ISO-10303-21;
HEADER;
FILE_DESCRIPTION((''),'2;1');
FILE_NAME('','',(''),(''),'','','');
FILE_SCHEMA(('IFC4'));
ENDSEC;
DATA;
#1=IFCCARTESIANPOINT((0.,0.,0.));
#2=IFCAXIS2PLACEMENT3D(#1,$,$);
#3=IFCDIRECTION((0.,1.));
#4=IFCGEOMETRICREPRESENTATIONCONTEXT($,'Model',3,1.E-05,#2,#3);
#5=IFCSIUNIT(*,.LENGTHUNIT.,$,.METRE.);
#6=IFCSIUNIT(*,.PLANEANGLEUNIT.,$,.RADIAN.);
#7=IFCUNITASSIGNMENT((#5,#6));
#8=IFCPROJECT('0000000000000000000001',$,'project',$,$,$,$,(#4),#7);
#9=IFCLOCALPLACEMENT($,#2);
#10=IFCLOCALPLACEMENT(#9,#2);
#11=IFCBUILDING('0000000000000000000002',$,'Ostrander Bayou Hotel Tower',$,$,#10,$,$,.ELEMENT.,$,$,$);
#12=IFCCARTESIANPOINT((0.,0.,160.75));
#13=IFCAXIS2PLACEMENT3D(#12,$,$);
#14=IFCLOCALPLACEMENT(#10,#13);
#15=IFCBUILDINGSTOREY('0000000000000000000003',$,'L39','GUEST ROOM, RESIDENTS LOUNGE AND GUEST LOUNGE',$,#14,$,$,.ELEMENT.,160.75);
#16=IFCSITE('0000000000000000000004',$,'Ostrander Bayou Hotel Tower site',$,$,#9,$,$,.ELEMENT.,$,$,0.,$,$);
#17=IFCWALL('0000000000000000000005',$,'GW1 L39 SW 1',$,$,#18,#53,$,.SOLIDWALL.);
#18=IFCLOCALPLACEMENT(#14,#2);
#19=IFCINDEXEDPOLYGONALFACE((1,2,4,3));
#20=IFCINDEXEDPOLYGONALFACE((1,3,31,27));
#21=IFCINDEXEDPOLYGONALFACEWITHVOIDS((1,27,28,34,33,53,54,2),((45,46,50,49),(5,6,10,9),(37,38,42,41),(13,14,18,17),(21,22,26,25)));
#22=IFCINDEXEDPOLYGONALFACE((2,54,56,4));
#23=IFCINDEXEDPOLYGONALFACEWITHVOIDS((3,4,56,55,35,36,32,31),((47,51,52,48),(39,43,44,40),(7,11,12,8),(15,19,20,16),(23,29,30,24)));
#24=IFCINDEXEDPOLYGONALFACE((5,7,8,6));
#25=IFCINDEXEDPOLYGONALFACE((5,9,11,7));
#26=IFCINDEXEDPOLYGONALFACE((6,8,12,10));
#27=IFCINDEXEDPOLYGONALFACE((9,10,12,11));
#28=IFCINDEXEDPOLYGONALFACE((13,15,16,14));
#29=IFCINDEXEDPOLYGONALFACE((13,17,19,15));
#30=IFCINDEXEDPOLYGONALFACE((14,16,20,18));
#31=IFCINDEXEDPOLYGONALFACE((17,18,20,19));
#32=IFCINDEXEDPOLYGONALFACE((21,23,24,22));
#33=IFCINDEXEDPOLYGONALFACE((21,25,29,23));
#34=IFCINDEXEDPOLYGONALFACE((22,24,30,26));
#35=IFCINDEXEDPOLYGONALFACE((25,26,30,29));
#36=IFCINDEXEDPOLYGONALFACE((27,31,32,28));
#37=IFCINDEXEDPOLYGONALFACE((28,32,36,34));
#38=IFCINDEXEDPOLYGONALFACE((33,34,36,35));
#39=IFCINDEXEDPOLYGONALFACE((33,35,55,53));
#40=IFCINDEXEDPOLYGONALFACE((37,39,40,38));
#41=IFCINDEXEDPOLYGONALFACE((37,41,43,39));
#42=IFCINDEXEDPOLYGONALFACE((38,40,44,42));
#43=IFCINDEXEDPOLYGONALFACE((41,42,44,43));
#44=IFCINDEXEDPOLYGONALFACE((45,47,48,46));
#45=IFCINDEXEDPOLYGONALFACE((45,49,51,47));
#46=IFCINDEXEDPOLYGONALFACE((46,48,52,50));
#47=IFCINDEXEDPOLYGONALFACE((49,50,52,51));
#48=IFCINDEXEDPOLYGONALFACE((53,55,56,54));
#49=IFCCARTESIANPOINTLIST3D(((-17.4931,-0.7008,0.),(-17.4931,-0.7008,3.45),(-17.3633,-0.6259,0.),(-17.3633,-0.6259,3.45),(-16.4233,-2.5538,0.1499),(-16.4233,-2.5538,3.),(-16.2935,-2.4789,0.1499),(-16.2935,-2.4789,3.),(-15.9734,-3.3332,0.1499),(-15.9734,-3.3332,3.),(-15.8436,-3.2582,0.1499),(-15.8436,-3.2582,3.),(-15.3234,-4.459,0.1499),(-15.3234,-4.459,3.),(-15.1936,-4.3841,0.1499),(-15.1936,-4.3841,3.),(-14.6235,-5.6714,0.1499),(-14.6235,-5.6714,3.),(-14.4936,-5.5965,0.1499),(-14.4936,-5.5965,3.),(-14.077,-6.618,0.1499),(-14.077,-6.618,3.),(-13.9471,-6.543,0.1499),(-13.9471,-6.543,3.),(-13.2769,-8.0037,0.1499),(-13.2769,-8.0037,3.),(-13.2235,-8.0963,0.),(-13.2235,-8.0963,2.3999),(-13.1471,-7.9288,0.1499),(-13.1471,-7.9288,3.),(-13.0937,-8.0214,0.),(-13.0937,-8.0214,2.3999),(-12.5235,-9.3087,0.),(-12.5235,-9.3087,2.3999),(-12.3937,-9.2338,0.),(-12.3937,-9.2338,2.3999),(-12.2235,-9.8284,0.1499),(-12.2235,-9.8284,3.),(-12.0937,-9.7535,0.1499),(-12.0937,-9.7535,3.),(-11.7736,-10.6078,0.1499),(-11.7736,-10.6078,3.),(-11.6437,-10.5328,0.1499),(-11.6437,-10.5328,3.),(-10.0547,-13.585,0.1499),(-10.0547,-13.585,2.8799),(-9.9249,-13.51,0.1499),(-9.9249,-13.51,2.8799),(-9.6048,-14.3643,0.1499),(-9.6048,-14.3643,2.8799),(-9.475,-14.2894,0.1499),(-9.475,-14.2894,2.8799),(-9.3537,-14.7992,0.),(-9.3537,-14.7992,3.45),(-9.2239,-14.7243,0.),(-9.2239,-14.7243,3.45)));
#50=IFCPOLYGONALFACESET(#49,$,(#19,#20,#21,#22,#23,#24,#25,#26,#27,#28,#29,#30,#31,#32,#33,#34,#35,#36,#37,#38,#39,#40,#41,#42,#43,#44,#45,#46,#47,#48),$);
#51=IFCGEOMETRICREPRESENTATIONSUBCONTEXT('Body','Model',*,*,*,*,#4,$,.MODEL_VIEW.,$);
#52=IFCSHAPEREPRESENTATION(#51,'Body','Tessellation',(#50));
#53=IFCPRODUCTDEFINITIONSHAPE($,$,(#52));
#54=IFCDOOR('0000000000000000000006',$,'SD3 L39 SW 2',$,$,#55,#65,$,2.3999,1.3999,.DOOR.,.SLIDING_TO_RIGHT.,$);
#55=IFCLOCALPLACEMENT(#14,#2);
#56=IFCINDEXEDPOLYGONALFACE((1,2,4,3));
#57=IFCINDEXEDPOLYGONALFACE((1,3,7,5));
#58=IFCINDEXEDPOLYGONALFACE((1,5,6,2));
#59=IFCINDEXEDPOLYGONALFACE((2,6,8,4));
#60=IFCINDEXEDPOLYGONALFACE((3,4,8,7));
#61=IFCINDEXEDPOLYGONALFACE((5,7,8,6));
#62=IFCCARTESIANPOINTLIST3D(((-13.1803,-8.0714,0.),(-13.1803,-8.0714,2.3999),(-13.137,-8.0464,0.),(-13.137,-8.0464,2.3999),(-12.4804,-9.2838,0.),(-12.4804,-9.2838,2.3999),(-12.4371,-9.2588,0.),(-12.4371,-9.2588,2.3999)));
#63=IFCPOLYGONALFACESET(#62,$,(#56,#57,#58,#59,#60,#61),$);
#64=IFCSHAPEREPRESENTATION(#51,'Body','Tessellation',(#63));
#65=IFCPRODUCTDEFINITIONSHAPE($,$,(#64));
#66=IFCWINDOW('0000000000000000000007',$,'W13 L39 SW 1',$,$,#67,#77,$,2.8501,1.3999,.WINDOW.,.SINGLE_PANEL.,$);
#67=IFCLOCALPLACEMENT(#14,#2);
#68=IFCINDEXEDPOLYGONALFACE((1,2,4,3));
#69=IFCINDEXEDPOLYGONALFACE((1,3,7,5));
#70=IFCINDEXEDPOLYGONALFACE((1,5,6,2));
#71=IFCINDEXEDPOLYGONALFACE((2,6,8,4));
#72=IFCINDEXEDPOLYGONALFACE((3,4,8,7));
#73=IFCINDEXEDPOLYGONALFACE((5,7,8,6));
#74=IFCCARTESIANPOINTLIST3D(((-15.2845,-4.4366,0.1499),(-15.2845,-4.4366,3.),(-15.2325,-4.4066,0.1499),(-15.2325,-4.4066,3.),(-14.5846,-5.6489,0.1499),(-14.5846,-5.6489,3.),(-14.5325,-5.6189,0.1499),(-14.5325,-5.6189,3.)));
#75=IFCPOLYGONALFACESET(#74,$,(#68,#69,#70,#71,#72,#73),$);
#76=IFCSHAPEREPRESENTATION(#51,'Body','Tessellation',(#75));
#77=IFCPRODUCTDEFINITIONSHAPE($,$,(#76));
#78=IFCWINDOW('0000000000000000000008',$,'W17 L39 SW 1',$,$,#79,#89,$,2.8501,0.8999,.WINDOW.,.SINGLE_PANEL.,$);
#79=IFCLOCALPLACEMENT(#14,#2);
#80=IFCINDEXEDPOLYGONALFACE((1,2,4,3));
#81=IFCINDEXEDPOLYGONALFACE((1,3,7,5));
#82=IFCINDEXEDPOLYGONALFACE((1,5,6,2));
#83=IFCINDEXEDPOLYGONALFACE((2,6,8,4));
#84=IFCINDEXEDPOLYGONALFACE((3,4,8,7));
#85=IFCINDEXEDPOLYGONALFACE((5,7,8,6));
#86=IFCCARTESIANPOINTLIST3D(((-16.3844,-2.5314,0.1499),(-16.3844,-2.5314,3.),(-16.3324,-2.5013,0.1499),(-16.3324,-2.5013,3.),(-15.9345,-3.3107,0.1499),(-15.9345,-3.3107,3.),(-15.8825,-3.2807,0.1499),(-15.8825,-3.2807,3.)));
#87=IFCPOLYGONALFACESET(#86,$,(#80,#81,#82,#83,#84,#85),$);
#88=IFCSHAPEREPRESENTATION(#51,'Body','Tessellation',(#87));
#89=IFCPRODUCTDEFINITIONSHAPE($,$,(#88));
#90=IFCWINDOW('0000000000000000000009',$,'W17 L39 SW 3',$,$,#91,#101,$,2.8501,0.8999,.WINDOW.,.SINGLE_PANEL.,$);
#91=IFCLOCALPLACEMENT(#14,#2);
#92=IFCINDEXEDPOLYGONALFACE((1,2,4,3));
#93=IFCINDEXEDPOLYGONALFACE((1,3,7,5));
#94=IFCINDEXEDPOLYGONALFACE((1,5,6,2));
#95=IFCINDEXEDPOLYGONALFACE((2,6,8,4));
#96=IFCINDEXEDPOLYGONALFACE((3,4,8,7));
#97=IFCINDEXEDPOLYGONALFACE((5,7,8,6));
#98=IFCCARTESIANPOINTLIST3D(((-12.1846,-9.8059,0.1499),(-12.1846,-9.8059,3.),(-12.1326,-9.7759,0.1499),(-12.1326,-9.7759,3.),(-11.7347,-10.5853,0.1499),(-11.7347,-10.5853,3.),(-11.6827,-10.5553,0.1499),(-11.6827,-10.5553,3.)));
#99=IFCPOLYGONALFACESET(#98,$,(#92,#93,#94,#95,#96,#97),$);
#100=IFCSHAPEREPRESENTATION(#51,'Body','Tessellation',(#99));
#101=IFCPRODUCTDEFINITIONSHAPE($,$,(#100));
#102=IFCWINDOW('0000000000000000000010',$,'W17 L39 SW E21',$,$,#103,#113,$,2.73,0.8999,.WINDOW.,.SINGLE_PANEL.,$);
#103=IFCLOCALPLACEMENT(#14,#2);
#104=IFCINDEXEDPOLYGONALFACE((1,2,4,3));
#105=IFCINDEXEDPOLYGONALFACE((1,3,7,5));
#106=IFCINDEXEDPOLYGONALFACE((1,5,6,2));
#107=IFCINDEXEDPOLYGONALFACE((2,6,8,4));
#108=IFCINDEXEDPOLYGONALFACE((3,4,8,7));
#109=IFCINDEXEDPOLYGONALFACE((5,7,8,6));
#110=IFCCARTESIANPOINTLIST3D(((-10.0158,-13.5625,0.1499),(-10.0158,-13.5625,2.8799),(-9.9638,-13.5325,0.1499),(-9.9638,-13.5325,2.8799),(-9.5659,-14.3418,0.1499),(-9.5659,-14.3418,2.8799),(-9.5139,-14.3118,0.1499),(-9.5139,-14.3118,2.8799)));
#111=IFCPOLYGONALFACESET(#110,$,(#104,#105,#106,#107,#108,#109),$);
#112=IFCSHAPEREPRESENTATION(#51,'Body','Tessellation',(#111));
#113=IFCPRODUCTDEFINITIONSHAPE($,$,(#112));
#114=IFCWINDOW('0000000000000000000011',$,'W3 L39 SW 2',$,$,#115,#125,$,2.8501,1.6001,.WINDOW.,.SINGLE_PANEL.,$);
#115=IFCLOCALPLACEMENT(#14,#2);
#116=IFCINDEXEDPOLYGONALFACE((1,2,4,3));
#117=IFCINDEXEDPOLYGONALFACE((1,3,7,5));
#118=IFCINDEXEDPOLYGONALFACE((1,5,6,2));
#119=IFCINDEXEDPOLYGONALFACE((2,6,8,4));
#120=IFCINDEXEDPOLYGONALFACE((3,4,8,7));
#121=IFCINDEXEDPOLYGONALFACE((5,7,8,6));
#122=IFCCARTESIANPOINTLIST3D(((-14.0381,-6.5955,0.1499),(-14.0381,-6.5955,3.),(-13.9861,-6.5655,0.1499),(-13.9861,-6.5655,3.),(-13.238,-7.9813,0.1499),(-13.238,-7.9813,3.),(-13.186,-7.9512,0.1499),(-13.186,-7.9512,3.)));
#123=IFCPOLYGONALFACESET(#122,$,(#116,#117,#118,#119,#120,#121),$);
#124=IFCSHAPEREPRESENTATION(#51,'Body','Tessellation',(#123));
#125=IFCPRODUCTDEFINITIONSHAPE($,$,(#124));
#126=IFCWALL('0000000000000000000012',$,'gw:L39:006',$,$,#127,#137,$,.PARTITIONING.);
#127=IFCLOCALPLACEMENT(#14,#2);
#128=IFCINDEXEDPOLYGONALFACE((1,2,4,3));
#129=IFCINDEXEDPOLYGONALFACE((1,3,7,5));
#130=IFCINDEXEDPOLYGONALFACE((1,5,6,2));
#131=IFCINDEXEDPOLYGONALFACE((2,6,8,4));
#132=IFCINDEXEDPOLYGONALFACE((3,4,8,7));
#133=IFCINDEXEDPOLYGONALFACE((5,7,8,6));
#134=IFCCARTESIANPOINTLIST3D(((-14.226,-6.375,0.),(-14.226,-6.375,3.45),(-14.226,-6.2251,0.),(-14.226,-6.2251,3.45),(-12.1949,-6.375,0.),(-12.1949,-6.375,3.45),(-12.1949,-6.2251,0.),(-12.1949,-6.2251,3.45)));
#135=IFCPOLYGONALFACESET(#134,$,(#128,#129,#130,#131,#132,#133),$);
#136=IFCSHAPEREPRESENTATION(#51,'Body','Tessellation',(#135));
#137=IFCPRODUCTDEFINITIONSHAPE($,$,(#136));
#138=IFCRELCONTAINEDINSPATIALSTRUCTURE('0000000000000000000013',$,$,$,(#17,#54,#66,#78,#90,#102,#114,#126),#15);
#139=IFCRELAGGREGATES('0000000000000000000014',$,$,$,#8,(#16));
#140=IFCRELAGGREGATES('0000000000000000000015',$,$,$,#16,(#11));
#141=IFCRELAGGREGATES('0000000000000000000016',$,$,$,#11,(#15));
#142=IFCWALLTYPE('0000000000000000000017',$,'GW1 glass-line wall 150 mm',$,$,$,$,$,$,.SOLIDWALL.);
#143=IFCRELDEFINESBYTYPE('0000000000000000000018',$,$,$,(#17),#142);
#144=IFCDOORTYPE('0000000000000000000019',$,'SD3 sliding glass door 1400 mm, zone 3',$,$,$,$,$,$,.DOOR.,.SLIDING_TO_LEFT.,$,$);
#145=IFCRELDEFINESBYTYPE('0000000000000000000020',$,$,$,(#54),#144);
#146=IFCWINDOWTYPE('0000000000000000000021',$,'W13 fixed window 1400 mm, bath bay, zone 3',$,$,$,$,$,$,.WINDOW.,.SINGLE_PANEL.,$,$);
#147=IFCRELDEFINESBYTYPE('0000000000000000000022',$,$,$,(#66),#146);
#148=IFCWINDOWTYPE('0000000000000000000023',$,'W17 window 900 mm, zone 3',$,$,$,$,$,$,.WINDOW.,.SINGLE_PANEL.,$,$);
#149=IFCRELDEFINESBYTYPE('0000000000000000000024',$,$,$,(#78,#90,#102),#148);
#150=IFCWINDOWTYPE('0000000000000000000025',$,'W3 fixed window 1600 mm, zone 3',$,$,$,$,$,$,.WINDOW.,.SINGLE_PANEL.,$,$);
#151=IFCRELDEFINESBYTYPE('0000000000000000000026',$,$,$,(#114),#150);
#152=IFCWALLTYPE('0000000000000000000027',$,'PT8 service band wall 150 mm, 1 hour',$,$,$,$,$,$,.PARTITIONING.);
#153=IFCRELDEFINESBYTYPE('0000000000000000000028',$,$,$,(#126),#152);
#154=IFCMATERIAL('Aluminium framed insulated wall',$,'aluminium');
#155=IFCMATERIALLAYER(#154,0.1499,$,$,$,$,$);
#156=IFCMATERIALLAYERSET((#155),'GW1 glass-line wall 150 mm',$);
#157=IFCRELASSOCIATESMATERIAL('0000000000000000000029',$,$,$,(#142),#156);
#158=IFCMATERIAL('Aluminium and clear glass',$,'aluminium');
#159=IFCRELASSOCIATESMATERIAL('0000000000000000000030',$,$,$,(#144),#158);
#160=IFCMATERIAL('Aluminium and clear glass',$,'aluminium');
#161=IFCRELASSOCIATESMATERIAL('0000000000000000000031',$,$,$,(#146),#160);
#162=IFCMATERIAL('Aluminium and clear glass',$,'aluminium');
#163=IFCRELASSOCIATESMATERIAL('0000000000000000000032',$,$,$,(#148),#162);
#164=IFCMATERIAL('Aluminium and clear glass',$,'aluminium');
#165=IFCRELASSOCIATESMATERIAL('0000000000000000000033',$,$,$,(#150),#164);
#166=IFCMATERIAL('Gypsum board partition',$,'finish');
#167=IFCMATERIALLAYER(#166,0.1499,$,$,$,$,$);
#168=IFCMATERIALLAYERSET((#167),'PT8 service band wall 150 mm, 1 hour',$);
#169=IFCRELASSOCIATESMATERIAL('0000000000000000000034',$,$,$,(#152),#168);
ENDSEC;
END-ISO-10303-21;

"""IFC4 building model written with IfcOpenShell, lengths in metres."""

from ifc_helpers import new_model, si_unit, direction, frame, frame_2d, origin, place, context, subcontext, project, spatial, rectangle, extrude, material, layer, layer_set, type_object, element, fill, save


model = new_model("IFC4")

# Units and contexts
model_context = context("Model", 3, precision=1e-05, world=origin(), true_north=direction((0.0, 1.0)))
body_context = subcontext(model_context, "Body", "Model", "MODEL_VIEW")
ifc_project = project(units=[si_unit("LENGTHUNIT", "METRE"), si_unit("PLANEANGLEUNIT", "RADIAN")], contexts=[model_context])

# Site, building, storey
site_placement = place(None, origin())
site = spatial("IfcSite", under=ifc_project, at=site_placement, Name="Ostrander Bayou Hotel Tower site", CompositionType="ELEMENT", RefElevation=0.0)
building_placement = place(site_placement, origin())
building = spatial("IfcBuilding", under=site, at=building_placement, Name="Ostrander Bayou Hotel Tower", CompositionType="ELEMENT")
storey_placement = place(building_placement, frame((0.0, 0.0, 160.75)))
storey = spatial("IfcBuildingStorey", under=building, at=storey_placement, Name="L39", Description="GUEST ROOM, RESIDENTS LOUNGE AND GUEST LOUNGE", CompositionType="ELEMENT", Elevation=160.75)

# Wall, openings, door, windows
ifc_material_1 = material(Name="Aluminium framed insulated wall", Category="aluminium")
ifc_layer_1 = layer(ifc_material_1, 0.1499)
ifc_layer_set_1 = layer_set([ifc_layer_1], Name="GW1 glass-line wall 150 mm")
wall_type_1 = type_object("IfcWallType", Name="GW1 glass-line wall 150 mm", PredefinedType="SOLIDWALL", material=ifc_layer_set_1)
wall_1_placement = place(storey_placement, frame((-17.4282, -0.6633, 0.0), z_axis=(0.0, 0.0, 1.0), x_axis=(0.499986, -0.866033, 0.0)))
wall_1 = element("IfcWall", 1, at=wall_1_placement, inside=storey, type_object=wall_type_1, Name="GW1 L39 SW 1", PredefinedType="SOLIDWALL", context=body_context, shape_type="SweptSolid", body=[
    extrude(rectangle(XDim=16.2793, YDim=0.1499, at=frame_2d((8.1396, 0.0))), origin(), (0.0, 0.0, 1.0), 3.45),
])
opening_1_placement = place(wall_1_placement, frame((2.1396, 0.0, 0.1499)))
opening_1 = element("IfcOpeningElement", 2, at=opening_1_placement, cuts=wall_1, PredefinedType="OPENING", context=body_context, shape_type="SweptSolid", body=[
    extrude(rectangle(XDim=0.8999, YDim=2.8501, at=frame_2d((0.45, 1.425))), frame((0.0, 0.075, 0.0), z_axis=(0.0, -1.0, 0.0), x_axis=(1.0, 0.0, 0.0)), (0.0, 0.0, 1.0), 0.1499),
])
opening_2_placement = place(wall_1_placement, frame((4.3396, 0.0, 0.1499)))
opening_2 = element("IfcOpeningElement", 3, at=opening_2_placement, cuts=wall_1, PredefinedType="OPENING", context=body_context, shape_type="SweptSolid", body=[
    extrude(rectangle(XDim=1.3999, YDim=2.8501, at=frame_2d((0.7, 1.425))), frame((0.0, 0.075, 0.0), z_axis=(0.0, -1.0, 0.0), x_axis=(1.0, 0.0, 0.0)), (0.0, 0.0, 1.0), 0.1499),
])
opening_3_placement = place(wall_1_placement, frame((6.8325, 0.0, 0.1499)))
opening_3 = element("IfcOpeningElement", 4, at=opening_3_placement, cuts=wall_1, PredefinedType="OPENING", context=body_context, shape_type="SweptSolid", body=[
    extrude(rectangle(XDim=1.6001, YDim=2.8501, at=frame_2d((0.8, 1.425))), frame((0.0, 0.075, 0.0), z_axis=(0.0, -1.0, 0.0), x_axis=(1.0, 0.0, 0.0)), (0.0, 0.0, 1.0), 0.1499),
])
opening_4_placement = place(wall_1_placement, frame((8.5396, 0.0, 0.0)))
opening_4 = element("IfcOpeningElement", 5, at=opening_4_placement, cuts=wall_1, PredefinedType="OPENING", context=body_context, shape_type="SweptSolid", body=[
    extrude(rectangle(XDim=1.3999, YDim=2.3999, at=frame_2d((0.7, 1.2))), frame((0.0, 0.075, 0.0), z_axis=(0.0, -1.0, 0.0), x_axis=(1.0, 0.0, 0.0)), (0.0, 0.0, 1.0), 0.1499),
])
opening_5_placement = place(wall_1_placement, frame((10.5396, 0.0, 0.1499)))
opening_5 = element("IfcOpeningElement", 6, at=opening_5_placement, cuts=wall_1, PredefinedType="OPENING", context=body_context, shape_type="SweptSolid", body=[
    extrude(rectangle(XDim=0.8999, YDim=2.8501, at=frame_2d((0.45, 1.425))), frame((0.0, 0.075, 0.0), z_axis=(0.0, -1.0, 0.0), x_axis=(1.0, 0.0, 0.0)), (0.0, 0.0, 1.0), 0.1499),
])
opening_6_placement = place(wall_1_placement, frame((14.8772, 0.0, 0.1499)))
opening_6 = element("IfcOpeningElement", 7, at=opening_6_placement, cuts=wall_1, PredefinedType="OPENING", context=body_context, shape_type="SweptSolid", body=[
    extrude(rectangle(XDim=0.8999, YDim=2.73, at=frame_2d((0.45, 1.365))), frame((0.0, 0.075, 0.0), z_axis=(0.0, -1.0, 0.0), x_axis=(1.0, 0.0, 0.0)), (0.0, 0.0, 1.0), 0.1499),
])
ifc_material_2 = material(Name="Aluminium and clear glass", Category="aluminium")
door_type_1 = type_object("IfcDoorType", Name="SD3 sliding glass door 1400 mm, zone 3", OperationType="SLIDING_TO_LEFT", PredefinedType="DOOR", material=ifc_material_2)
door_1_placement = place(opening_4_placement, origin())
door_1 = element("IfcDoor", 8, at=door_1_placement, inside=storey, type_object=door_type_1, Name="SD3 L39 SW 2", OperationType="SLIDING_TO_RIGHT", OverallHeight=2.3999, OverallWidth=1.3999, PredefinedType="DOOR", context=body_context, shape_type="SweptSolid", body=[
    extrude(rectangle(XDim=1.3999, YDim=2.3999, at=frame_2d((0.7, 1.2))), frame((0.0, 0.0249, 0.0), z_axis=(0.0, -1.0, 0.0), x_axis=(1.0, 0.0, 0.0)), (0.0, 0.0, 1.0), 0.05),
])
fill(opening_4, door_1)
ifc_material_3 = material(Name="Aluminium and clear glass", Category="aluminium")
window_type_1 = type_object("IfcWindowType", Name="W13 fixed window 1400 mm, bath bay, zone 3", PartitioningType="SINGLE_PANEL", PredefinedType="WINDOW", material=ifc_material_3)
window_1_placement = place(opening_2_placement, origin())
window_1 = element("IfcWindow", 9, at=window_1_placement, inside=storey, type_object=window_type_1, Name="W13 L39 SW 1", OverallHeight=2.8501, OverallWidth=1.3999, PartitioningType="SINGLE_PANEL", PredefinedType="WINDOW", context=body_context, shape_type="SweptSolid", body=[
    extrude(rectangle(XDim=1.3999, YDim=2.8501, at=frame_2d((0.7, 1.425))), frame((0.0, 0.03, 0.0), z_axis=(0.0, -1.0, 0.0), x_axis=(1.0, 0.0, 0.0)), (0.0, 0.0, 1.0), 0.0601),
])
fill(opening_2, window_1)
ifc_material_4 = material(Name="Aluminium and clear glass", Category="aluminium")
window_type_2 = type_object("IfcWindowType", Name="W17 window 900 mm, zone 3", PartitioningType="SINGLE_PANEL", PredefinedType="WINDOW", material=ifc_material_4)
window_2_placement = place(opening_1_placement, origin())
window_2 = element("IfcWindow", 10, at=window_2_placement, inside=storey, type_object=window_type_2, Name="W17 L39 SW 1", OverallHeight=2.8501, OverallWidth=0.8999, PartitioningType="SINGLE_PANEL", PredefinedType="WINDOW", context=body_context, shape_type="SweptSolid", body=[
    extrude(rectangle(XDim=0.8999, YDim=2.8501, at=frame_2d((0.45, 1.425))), frame((0.0, 0.03, 0.0), z_axis=(0.0, -1.0, 0.0), x_axis=(1.0, 0.0, 0.0)), (0.0, 0.0, 1.0), 0.0601),
])
fill(opening_1, window_2)
window_3_placement = place(opening_5_placement, origin())
window_3 = element("IfcWindow", 11, at=window_3_placement, inside=storey, type_object=window_type_2, Name="W17 L39 SW 3", OverallHeight=2.8501, OverallWidth=0.8999, PartitioningType="SINGLE_PANEL", PredefinedType="WINDOW", context=body_context, shape_type="SweptSolid", body=[
    extrude(rectangle(XDim=0.8999, YDim=2.8501, at=frame_2d((0.45, 1.425))), frame((0.0, 0.03, 0.0), z_axis=(0.0, -1.0, 0.0), x_axis=(1.0, 0.0, 0.0)), (0.0, 0.0, 1.0), 0.0601),
])
fill(opening_5, window_3)
window_4_placement = place(opening_6_placement, origin())
window_4 = element("IfcWindow", 12, at=window_4_placement, inside=storey, type_object=window_type_2, Name="W17 L39 SW E21", OverallHeight=2.73, OverallWidth=0.8999, PartitioningType="SINGLE_PANEL", PredefinedType="WINDOW", context=body_context, shape_type="SweptSolid", body=[
    extrude(rectangle(XDim=0.8999, YDim=2.73, at=frame_2d((0.45, 1.365))), frame((0.0, 0.03, 0.0), z_axis=(0.0, -1.0, 0.0), x_axis=(1.0, 0.0, 0.0)), (0.0, 0.0, 1.0), 0.0601),
])
fill(opening_6, window_4)
ifc_material_5 = material(Name="Aluminium and clear glass", Category="aluminium")
window_type_3 = type_object("IfcWindowType", Name="W3 fixed window 1600 mm, zone 3", PartitioningType="SINGLE_PANEL", PredefinedType="WINDOW", material=ifc_material_5)
window_5_placement = place(opening_3_placement, origin())
window_5 = element("IfcWindow", 13, at=window_5_placement, inside=storey, type_object=window_type_3, Name="W3 L39 SW 2", OverallHeight=2.8501, OverallWidth=1.6001, PartitioningType="SINGLE_PANEL", PredefinedType="WINDOW", context=body_context, shape_type="SweptSolid", body=[
    extrude(rectangle(XDim=1.6001, YDim=2.8501, at=frame_2d((0.8, 1.425))), frame((0.0, 0.03, 0.0), z_axis=(0.0, -1.0, 0.0), x_axis=(1.0, 0.0, 0.0)), (0.0, 0.0, 1.0), 0.0601),
])
fill(opening_3, window_5)

# Wall
ifc_material_6 = material(Name="Gypsum board partition", Category="finish")
ifc_layer_2 = layer(ifc_material_6, 0.1499)
ifc_layer_set_2 = layer_set([ifc_layer_2], Name="PT8 service band wall 150 mm, 1 hour")
wall_type_2 = type_object("IfcWallType", Name="PT8 service band wall 150 mm, 1 hour", PredefinedType="PARTITIONING", material=ifc_layer_set_2)
wall_2_placement = place(storey_placement, frame((-14.2261, -6.3, 0.0), z_axis=(0.0, 0.0, 1.0), x_axis=(1.0, 0.0, 0.0)))
element("IfcWall", 14, at=wall_2_placement, inside=storey, type_object=wall_type_2, Name="gw:L39:006", PredefinedType="PARTITIONING", context=body_context, shape_type="SweptSolid", body=[
    extrude(rectangle(XDim=2.031, YDim=0.1499, at=frame_2d((1.0156, 0.0))), origin(), (0.0, 0.0, 1.0), 3.45),
])

save(model, "model.ifc")
